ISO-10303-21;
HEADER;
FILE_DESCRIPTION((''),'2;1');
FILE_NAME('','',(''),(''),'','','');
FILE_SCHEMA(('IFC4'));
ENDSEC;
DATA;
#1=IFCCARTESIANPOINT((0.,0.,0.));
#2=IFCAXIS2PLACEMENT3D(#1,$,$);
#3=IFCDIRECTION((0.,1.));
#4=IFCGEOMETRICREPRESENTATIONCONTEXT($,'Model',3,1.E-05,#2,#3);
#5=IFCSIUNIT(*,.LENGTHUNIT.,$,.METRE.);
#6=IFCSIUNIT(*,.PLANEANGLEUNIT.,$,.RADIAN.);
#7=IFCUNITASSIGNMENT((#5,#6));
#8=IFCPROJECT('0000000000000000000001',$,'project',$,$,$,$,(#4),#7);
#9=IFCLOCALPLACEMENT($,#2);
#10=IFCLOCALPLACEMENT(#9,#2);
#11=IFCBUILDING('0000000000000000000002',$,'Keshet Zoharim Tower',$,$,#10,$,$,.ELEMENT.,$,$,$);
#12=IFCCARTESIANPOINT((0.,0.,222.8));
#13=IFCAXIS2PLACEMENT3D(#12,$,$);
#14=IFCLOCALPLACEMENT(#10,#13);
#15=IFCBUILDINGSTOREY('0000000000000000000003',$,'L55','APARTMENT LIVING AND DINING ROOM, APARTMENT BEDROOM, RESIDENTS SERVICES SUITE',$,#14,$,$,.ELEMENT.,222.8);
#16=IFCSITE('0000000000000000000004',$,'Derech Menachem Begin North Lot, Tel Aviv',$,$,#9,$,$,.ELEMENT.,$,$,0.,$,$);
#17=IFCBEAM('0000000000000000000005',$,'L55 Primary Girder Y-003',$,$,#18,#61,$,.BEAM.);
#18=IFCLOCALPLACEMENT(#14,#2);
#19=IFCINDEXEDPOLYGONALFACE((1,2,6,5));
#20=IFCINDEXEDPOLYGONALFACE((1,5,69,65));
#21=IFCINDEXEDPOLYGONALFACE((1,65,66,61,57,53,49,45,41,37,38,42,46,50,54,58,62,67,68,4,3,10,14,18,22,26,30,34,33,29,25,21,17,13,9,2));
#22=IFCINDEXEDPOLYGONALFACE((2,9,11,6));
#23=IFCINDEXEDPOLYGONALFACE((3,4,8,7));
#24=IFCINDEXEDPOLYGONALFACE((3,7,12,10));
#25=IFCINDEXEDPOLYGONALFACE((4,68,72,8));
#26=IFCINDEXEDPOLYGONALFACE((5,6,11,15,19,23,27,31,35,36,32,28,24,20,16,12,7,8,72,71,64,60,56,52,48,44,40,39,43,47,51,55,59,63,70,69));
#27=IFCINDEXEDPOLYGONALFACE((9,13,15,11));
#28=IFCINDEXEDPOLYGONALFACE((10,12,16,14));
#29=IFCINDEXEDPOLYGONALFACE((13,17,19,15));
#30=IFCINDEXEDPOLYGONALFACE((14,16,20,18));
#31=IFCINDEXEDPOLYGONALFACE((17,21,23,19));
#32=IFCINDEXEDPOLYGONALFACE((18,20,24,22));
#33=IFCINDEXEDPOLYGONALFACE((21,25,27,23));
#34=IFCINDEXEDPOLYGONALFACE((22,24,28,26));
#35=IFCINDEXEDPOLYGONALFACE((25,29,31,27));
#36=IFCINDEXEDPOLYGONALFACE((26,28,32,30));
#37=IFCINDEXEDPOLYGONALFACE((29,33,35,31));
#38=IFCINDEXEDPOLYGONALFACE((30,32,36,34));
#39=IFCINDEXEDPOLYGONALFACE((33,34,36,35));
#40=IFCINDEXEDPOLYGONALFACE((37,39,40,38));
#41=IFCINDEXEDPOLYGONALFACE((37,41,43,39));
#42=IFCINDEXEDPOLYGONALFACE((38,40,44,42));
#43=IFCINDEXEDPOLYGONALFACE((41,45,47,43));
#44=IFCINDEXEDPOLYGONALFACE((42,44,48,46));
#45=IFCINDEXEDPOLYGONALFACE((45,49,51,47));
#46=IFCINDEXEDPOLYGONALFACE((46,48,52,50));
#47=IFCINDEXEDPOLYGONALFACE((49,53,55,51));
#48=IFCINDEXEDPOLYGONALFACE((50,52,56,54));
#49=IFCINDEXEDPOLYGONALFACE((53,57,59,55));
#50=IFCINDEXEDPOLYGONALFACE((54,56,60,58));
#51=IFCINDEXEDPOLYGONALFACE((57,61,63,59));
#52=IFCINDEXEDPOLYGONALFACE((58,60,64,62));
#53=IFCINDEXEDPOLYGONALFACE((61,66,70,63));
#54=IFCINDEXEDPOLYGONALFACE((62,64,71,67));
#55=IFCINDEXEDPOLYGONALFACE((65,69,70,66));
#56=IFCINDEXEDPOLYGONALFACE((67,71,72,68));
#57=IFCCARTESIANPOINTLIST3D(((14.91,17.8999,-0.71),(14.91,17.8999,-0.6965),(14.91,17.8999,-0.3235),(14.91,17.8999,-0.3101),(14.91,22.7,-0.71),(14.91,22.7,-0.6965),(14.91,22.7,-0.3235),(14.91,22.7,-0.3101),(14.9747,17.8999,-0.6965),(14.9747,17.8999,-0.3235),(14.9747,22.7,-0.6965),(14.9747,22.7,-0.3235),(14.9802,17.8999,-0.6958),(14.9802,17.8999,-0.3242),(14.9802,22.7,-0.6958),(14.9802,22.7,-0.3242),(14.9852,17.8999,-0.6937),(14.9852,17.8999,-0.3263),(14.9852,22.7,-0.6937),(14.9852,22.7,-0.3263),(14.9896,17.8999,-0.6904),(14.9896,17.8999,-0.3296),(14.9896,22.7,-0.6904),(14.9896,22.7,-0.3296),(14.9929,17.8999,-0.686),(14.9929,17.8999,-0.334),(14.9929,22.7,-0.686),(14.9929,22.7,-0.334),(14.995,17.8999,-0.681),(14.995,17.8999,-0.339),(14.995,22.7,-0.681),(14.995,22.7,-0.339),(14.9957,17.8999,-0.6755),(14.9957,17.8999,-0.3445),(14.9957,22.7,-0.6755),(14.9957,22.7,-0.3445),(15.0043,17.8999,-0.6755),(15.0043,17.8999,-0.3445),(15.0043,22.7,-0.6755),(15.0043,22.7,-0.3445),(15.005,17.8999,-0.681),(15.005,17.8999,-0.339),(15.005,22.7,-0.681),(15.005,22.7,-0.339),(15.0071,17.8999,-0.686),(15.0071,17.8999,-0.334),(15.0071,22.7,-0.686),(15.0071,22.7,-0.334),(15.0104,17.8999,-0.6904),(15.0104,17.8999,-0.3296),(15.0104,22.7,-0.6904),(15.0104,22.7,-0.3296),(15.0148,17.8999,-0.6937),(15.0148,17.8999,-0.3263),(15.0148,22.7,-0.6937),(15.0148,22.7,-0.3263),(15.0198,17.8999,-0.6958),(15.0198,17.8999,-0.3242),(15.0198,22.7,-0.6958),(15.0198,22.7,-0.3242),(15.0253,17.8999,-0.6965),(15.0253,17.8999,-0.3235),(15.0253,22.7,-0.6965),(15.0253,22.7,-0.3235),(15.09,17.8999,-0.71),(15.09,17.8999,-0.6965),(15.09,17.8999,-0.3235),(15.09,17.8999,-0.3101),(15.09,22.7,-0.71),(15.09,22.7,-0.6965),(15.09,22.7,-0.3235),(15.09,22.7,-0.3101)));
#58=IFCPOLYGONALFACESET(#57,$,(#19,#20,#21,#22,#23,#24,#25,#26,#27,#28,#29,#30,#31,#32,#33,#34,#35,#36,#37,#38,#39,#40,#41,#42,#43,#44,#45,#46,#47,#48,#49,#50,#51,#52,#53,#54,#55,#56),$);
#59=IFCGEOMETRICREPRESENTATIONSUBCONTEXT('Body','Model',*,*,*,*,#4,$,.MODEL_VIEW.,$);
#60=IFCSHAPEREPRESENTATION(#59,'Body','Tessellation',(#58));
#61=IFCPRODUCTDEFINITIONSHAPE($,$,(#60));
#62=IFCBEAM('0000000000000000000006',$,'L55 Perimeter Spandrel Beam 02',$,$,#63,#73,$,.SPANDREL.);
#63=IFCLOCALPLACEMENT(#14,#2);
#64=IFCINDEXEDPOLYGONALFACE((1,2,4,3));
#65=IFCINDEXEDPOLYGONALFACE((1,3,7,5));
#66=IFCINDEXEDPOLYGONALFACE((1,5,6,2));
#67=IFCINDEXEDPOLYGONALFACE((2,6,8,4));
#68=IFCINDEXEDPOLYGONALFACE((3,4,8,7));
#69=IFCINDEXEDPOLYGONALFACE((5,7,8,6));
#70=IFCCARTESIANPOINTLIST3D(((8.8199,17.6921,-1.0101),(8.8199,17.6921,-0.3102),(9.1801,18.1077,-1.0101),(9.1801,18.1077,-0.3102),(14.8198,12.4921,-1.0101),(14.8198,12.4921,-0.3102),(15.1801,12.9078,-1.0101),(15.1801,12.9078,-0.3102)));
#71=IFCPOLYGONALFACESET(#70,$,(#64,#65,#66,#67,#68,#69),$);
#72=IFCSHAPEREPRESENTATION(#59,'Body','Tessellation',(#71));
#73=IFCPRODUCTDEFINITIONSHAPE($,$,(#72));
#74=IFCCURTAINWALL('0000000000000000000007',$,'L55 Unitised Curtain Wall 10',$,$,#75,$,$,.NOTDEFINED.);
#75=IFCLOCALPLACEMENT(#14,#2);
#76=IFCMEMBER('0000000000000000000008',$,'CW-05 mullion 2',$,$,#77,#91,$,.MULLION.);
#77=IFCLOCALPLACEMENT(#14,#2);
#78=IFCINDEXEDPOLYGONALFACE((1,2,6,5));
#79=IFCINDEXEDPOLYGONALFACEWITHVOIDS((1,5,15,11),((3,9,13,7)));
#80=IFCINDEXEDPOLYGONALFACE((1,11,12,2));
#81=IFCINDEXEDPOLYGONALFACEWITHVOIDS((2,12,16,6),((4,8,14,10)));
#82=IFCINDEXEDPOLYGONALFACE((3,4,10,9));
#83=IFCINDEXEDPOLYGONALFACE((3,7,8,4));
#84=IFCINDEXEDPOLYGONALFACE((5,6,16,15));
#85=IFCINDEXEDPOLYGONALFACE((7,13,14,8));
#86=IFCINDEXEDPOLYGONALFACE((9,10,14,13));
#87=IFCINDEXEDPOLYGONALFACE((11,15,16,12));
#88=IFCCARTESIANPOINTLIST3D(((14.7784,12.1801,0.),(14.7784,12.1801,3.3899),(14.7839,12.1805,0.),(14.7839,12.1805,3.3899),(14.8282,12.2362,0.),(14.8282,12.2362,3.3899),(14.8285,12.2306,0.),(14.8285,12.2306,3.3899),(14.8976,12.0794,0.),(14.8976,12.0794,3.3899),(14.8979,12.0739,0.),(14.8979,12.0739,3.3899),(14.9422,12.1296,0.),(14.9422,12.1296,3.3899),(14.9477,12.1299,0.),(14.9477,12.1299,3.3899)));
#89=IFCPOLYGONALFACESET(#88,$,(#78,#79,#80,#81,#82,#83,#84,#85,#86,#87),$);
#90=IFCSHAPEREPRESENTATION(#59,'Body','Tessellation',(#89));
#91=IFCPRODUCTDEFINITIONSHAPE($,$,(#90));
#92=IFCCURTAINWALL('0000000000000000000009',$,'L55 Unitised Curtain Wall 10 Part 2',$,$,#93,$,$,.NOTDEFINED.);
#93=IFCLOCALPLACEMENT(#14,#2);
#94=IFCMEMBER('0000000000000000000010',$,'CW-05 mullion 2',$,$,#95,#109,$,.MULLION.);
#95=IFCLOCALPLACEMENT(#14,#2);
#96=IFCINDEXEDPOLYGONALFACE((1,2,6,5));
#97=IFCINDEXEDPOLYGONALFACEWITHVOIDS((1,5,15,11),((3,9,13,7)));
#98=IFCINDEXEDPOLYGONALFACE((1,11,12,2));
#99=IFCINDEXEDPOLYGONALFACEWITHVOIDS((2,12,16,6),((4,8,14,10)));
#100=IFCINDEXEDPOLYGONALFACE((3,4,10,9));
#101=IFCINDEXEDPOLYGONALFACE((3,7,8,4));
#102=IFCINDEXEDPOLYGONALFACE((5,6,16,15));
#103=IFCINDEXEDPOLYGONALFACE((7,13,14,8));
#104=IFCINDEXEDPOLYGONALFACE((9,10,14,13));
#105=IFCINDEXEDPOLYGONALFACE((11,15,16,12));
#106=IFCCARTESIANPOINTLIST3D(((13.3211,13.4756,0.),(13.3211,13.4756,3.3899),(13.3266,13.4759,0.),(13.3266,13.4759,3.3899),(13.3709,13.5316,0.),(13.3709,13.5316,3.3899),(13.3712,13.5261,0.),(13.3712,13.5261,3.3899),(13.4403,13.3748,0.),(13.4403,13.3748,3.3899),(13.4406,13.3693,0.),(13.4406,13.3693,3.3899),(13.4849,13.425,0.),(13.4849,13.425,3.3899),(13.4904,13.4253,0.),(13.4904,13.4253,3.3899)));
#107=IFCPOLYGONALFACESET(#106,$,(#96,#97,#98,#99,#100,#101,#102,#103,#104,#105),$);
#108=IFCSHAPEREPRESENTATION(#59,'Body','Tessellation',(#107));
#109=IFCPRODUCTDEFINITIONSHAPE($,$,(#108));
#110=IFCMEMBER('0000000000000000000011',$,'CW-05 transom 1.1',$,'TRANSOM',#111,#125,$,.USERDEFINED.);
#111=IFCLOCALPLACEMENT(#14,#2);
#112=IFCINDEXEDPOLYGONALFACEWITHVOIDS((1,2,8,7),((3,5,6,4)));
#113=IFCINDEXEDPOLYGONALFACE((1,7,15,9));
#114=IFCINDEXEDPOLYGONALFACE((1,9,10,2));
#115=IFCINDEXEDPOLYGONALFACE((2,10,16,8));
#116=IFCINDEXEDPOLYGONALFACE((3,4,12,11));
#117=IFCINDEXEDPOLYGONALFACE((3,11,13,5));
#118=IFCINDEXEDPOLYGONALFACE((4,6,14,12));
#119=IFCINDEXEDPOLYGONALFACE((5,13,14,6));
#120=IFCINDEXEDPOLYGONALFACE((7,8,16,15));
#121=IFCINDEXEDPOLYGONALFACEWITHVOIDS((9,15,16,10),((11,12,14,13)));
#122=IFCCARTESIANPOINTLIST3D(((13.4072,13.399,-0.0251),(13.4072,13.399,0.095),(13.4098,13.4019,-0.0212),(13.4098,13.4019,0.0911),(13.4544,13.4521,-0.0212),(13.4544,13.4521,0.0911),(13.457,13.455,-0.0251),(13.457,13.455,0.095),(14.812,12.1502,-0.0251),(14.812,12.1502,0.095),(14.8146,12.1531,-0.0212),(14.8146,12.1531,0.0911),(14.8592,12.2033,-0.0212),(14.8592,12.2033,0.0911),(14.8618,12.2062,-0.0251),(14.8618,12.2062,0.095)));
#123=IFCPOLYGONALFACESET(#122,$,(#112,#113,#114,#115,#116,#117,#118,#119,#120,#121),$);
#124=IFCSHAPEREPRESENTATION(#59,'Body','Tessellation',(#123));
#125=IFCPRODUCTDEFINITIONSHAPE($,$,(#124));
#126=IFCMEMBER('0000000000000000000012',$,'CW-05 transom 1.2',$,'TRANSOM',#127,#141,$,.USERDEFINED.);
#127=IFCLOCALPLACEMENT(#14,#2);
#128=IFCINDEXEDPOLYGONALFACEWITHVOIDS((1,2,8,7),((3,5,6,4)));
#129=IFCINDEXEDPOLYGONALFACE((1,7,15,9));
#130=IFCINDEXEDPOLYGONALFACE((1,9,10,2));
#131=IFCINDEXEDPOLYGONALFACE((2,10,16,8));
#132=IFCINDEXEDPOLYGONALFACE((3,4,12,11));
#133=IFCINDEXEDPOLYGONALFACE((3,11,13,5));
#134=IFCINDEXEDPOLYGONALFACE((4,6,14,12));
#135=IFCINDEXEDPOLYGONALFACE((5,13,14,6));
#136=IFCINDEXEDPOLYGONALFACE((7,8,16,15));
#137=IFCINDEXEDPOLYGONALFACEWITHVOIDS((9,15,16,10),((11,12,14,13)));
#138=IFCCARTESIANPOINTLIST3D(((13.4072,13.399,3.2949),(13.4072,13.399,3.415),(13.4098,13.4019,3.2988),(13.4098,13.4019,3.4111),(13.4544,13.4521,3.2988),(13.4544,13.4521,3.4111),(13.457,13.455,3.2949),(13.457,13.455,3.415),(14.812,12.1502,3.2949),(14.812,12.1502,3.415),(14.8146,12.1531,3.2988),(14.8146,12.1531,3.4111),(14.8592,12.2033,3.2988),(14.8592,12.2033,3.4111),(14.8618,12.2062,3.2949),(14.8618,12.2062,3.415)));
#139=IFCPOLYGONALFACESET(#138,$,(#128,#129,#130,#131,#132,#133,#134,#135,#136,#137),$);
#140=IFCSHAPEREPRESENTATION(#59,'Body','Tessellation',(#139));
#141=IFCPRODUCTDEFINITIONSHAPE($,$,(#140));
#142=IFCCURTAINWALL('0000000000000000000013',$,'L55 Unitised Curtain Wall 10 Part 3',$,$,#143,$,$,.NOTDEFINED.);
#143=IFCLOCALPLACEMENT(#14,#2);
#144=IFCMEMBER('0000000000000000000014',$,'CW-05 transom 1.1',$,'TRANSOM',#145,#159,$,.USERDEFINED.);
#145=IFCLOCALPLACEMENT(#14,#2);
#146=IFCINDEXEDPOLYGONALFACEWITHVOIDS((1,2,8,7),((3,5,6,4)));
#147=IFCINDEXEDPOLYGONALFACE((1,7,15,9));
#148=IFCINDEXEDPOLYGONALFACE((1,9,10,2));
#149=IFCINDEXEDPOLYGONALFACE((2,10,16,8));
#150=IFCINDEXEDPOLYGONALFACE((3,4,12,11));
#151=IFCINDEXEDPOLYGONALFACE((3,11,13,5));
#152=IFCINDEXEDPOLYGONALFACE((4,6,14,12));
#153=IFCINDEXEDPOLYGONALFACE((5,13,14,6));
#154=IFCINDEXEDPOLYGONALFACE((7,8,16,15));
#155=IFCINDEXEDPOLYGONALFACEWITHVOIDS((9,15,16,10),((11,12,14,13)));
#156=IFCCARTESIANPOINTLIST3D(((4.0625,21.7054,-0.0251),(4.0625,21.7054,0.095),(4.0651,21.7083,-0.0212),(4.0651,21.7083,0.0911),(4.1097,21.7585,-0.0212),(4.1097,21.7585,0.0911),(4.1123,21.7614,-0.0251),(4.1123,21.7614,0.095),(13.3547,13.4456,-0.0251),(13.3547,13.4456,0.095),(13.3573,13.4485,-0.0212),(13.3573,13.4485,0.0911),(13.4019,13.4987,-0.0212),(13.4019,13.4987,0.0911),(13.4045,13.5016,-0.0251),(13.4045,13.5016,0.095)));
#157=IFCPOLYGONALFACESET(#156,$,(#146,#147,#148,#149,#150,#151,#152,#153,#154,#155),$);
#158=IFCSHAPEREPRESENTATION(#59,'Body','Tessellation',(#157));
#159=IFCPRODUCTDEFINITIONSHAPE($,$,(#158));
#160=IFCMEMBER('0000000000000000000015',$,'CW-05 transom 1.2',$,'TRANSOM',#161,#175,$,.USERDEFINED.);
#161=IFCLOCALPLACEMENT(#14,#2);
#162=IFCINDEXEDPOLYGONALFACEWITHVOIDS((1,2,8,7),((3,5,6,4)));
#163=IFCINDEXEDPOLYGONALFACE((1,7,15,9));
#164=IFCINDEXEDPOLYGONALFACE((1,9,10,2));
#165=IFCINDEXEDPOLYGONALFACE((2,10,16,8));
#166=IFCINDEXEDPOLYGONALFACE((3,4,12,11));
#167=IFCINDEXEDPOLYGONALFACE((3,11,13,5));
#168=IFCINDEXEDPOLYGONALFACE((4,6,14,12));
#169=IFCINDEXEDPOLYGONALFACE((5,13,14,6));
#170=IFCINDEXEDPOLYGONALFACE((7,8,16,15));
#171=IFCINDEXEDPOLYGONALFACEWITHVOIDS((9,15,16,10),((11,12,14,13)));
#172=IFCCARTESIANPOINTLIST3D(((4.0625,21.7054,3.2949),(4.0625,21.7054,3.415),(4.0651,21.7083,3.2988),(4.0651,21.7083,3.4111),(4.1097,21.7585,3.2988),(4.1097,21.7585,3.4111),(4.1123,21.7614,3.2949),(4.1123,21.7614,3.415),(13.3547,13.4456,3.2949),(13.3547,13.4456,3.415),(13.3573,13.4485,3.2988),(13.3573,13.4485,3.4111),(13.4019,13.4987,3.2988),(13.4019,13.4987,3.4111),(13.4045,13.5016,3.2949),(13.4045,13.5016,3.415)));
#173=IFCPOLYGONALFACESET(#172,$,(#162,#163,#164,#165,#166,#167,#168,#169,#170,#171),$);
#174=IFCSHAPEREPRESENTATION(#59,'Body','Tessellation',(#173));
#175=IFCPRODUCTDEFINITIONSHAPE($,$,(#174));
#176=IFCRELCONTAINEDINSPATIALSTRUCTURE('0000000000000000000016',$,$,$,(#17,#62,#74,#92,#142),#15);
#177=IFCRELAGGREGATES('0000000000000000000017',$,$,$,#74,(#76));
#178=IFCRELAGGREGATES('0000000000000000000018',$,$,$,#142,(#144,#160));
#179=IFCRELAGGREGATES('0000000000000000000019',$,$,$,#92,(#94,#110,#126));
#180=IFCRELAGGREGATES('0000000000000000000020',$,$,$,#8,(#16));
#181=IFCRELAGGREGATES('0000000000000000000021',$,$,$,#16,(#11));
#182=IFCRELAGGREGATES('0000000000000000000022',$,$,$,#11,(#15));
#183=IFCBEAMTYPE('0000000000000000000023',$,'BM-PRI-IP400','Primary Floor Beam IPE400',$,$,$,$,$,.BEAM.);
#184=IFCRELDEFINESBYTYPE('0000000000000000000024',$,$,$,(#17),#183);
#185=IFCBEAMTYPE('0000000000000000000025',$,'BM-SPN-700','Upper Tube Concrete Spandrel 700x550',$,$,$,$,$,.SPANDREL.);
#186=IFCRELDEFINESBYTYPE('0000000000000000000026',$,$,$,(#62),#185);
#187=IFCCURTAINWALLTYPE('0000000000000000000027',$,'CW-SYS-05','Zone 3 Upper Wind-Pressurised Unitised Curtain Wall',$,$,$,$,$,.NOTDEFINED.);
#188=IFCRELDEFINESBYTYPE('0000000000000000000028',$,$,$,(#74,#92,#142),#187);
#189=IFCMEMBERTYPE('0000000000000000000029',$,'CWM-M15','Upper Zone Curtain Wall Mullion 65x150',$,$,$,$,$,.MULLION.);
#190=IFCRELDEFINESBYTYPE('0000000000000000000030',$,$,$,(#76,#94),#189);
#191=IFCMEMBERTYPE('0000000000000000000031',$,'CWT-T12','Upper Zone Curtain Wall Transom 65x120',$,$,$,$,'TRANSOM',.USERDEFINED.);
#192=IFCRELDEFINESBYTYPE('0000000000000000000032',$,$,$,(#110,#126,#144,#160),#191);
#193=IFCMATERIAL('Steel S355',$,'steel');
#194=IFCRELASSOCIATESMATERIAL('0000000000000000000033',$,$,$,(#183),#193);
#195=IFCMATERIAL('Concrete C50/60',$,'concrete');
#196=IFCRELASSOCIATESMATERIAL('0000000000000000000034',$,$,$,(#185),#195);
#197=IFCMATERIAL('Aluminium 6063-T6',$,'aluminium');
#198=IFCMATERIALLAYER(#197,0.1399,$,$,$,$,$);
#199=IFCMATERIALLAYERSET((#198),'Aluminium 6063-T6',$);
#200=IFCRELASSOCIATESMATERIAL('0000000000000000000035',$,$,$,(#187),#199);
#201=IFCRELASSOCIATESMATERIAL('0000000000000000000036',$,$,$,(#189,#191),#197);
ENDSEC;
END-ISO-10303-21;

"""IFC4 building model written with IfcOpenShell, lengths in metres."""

from ifc_helpers import new_model, si_unit, direction, frame, origin, origin_2d, place, context, subcontext, project, spatial, rectangle, hollow_rectangle, i_section, extrude, material, layer, layer_set, material_profile, profile_set, type_object, element, aggregate, save


model = new_model("IFC4")

# Units and contexts
model_context = context("Model", 3, precision=1e-05, world=origin(), true_north=direction((0.0, 1.0)))
body_context = subcontext(model_context, "Body", "Model", "MODEL_VIEW")
ifc_project = project(units=[si_unit("LENGTHUNIT", "METRE"), si_unit("PLANEANGLEUNIT", "RADIAN")], contexts=[model_context])

# Site, building, storey
site_placement = place(None, origin())
site = spatial("IfcSite", under=ifc_project, at=site_placement, Name="Derech Menachem Begin North Lot, Tel Aviv", CompositionType="ELEMENT", RefElevation=0.0)
building_placement = place(site_placement, origin())
building = spatial("IfcBuilding", under=site, at=building_placement, Name="Keshet Zoharim Tower", CompositionType="ELEMENT")
storey_placement = place(building_placement, frame((0.0, 0.0, 222.8)))
storey = spatial("IfcBuildingStorey", under=building, at=storey_placement, Name="L55", Description="APARTMENT LIVING AND DINING ROOM, APARTMENT BEDROOM, RESIDENTS SERVICES SUITE", CompositionType="ELEMENT", Elevation=222.8)

# Shared definitions
ifc_material_1 = material(Name="Steel S355", Category="steel")
ifc_material_2 = material(Name="Concrete C50/60", Category="concrete")

# Beams
ifc_material_profile_1 = material_profile(ifc_material_1, i_section(OverallWidth=0.1799, OverallDepth=0.3999, WebThickness=0.0085, FlangeThickness=0.0134, FilletRadius=0.021, at=origin_2d()), Name="IPE400")
ifc_profile_set_1 = profile_set([ifc_material_profile_1], Name="Steel S355")
beam_type_1 = type_object("IfcBeamType", Name="BM-PRI-IP400", Description="Primary Floor Beam IPE400", PredefinedType="BEAM", material=ifc_profile_set_1)
beam_1_placement = place(storey_placement, frame((15.0, 17.8999, -0.51), z_axis=(0.0, 1.0, 0.0), x_axis=(-1.0, 0.0, 0.0)))
element("IfcBeam", 1, at=beam_1_placement, inside=storey, type_object=beam_type_1, Name="L55 Primary Girder Y-003", PredefinedType="BEAM", context=body_context, shape_type="SweptSolid", body=[
    extrude(i_section(OverallWidth=0.1799, OverallDepth=0.3999, WebThickness=0.0085, FlangeThickness=0.0134, FilletRadius=0.021, at=origin_2d()), origin(), (0.0, 0.0, 1.0), 4.8),
])
ifc_material_profile_2 = material_profile(ifc_material_2, rectangle(XDim=0.55, YDim=0.7, at=origin_2d()), Name="RC700x550")
ifc_profile_set_2 = profile_set([ifc_material_profile_2], Name="Concrete C50/60")
beam_type_2 = type_object("IfcBeamType", Name="BM-SPN-700", Description="Upper Tube Concrete Spandrel 700x550", PredefinedType="SPANDREL", material=ifc_profile_set_2)
beam_2_placement = place(storey_placement, frame((9.0, 17.8999, -0.6602), z_axis=(0.755692, -0.654927, 0.0), x_axis=(0.654927, 0.755692, 0.0)))
element("IfcBeam", 2, at=beam_2_placement, inside=storey, type_object=beam_type_2, Name="L55 Perimeter Spandrel Beam 02", PredefinedType="SPANDREL", context=body_context, shape_type="SweptSolid", body=[
    extrude(rectangle(XDim=0.55, YDim=0.7, at=origin_2d()), origin(), (0.0, 0.0, 1.0), 7.9397),
])

# Curtain wall, member
ifc_material_3 = material(Name="Aluminium 6063-T6", Category="aluminium")
ifc_layer_1 = layer(ifc_material_3, 0.1399)
ifc_layer_set_1 = layer_set([ifc_layer_1], Name="Aluminium 6063-T6")
curtain_wall_type = type_object("IfcCurtainWallType", Name="CW-SYS-05", Description="Zone 3 Upper Wind-Pressurised Unitised Curtain Wall", PredefinedType="NOTDEFINED", material=ifc_layer_set_1)
curtain_wall_1_placement = place(storey_placement, origin())
curtain_wall_1 = element("IfcCurtainWall", 3, at=curtain_wall_1_placement, inside=storey, type_object=curtain_wall_type, Name="L55 Unitised Curtain Wall 10", PredefinedType="NOTDEFINED")
ifc_material_profile_3 = material_profile(ifc_material_3, hollow_rectangle(XDim=0.075, YDim=0.1599, WallThickness=0.0039, at=origin_2d()), Name="MUL-75x160")
ifc_profile_set_3 = profile_set([ifc_material_profile_3], Name="Aluminium 6063-T6")
member_type_1 = type_object("IfcMemberType", Name="CWM-M15", Description="Upper Zone Curtain Wall Mullion 65x150", PredefinedType="MULLION", material=ifc_profile_set_3)
member_1_placement = place(storey_placement, frame((14.863, 12.155, 0.0), z_axis=(0.0, 0.0, 1.0), x_axis=(-0.664363, -0.74741, 0.0)))
member_1 = element("IfcMember", 4, at=member_1_placement, type_object=member_type_1, Name="CW-05 mullion 2", PredefinedType="MULLION", context=body_context, shape_type="SweptSolid", body=[
    extrude(hollow_rectangle(XDim=0.075, YDim=0.1599, WallThickness=0.0039, at=origin_2d()), origin(), (0.0, 0.0, 1.0), 3.3899),
])
aggregate(curtain_wall_1, [member_1])

# Curtain walls, members
curtain_wall_2_placement = place(storey_placement, origin())
curtain_wall_2 = element("IfcCurtainWall", 5, at=curtain_wall_2_placement, inside=storey, type_object=curtain_wall_type, Name="L55 Unitised Curtain Wall 10 Part 2", PredefinedType="NOTDEFINED")
member_2_placement = place(storey_placement, frame((13.4058, 13.4504, 0.0), z_axis=(0.0, 0.0, 1.0), x_axis=(-0.664367, -0.747406, 0.0)))
member_2 = element("IfcMember", 6, at=member_2_placement, type_object=member_type_1, Name="CW-05 mullion 2", PredefinedType="MULLION", context=body_context, shape_type="SweptSolid", body=[
    extrude(hollow_rectangle(XDim=0.075, YDim=0.1599, WallThickness=0.0039, at=origin_2d()), origin(), (0.0, 0.0, 1.0), 3.3899),
])
ifc_material_profile_4 = material_profile(ifc_material_3, hollow_rectangle(XDim=0.075, YDim=0.1201, WallThickness=0.0039, at=origin_2d()), Name="TRN-75x120")
ifc_profile_set_4 = profile_set([ifc_material_profile_4], Name="Aluminium 6063-T6")
member_type_2 = type_object("IfcMemberType", Name="CWT-T12", Description="Upper Zone Curtain Wall Transom 65x120", ElementType="TRANSOM", PredefinedType="USERDEFINED", material=ifc_profile_set_4)
member_3_placement = place(storey_placement, frame((14.8369, 12.1782, 0.0349), z_axis=(-0.747388, 0.664388, 0.0), x_axis=(-0.664388, -0.747388, 0.0)))
member_3 = element("IfcMember", 7, at=member_3_placement, type_object=member_type_2, Name="CW-05 transom 1.1", ObjectType="TRANSOM", PredefinedType="USERDEFINED", context=body_context, shape_type="SweptSolid", body=[
    extrude(hollow_rectangle(XDim=0.075, YDim=0.1201, WallThickness=0.0039, at=origin_2d()), origin(), (0.0, 0.0, 1.0), 1.8796),
])
member_4_placement = place(storey_placement, frame((14.8369, 12.1782, 3.355), z_axis=(-0.747388, 0.664388, 0.0), x_axis=(-0.664388, -0.747388, 0.0)))
member_4 = element("IfcMember", 8, at=member_4_placement, type_object=member_type_2, Name="CW-05 transom 1.2", ObjectType="TRANSOM", PredefinedType="USERDEFINED", context=body_context, shape_type="SweptSolid", body=[
    extrude(hollow_rectangle(XDim=0.075, YDim=0.1201, WallThickness=0.0039, at=origin_2d()), origin(), (0.0, 0.0, 1.0), 1.8796),
])
curtain_wall_3_placement = place(storey_placement, origin())
curtain_wall_3 = element("IfcCurtainWall", 9, at=curtain_wall_3_placement, inside=storey, type_object=curtain_wall_type, Name="L55 Unitised Curtain Wall 10 Part 3", PredefinedType="NOTDEFINED")
member_5_placement = place(storey_placement, frame((13.3796, 13.4736, 0.0349), z_axis=(-0.747409, 0.664364, 0.0), x_axis=(-0.664364, -0.747409, 0.0)))
member_5 = element("IfcMember", 10, at=member_5_placement, type_object=member_type_2, Name="CW-05 transom 1.1", ObjectType="TRANSOM", PredefinedType="USERDEFINED", context=body_context, shape_type="SweptSolid", body=[
    extrude(hollow_rectangle(XDim=0.075, YDim=0.1201, WallThickness=0.0039, at=origin_2d()), origin(), (0.0, 0.0, 1.0), 12.4326),
])
member_6_placement = place(storey_placement, frame((13.3796, 13.4736, 3.355), z_axis=(-0.747409, 0.664364, 0.0), x_axis=(-0.664364, -0.747409, 0.0)))
member_6 = element("IfcMember", 11, at=member_6_placement, type_object=member_type_2, Name="CW-05 transom 1.2", ObjectType="TRANSOM", PredefinedType="USERDEFINED", context=body_context, shape_type="SweptSolid", body=[
    extrude(hollow_rectangle(XDim=0.075, YDim=0.1201, WallThickness=0.0039, at=origin_2d()), origin(), (0.0, 0.0, 1.0), 12.4326),
])

aggregate(curtain_wall_3, [member_5, member_6])
aggregate(curtain_wall_2, [member_2, member_3, member_4])

save(model, "model.ifc")
